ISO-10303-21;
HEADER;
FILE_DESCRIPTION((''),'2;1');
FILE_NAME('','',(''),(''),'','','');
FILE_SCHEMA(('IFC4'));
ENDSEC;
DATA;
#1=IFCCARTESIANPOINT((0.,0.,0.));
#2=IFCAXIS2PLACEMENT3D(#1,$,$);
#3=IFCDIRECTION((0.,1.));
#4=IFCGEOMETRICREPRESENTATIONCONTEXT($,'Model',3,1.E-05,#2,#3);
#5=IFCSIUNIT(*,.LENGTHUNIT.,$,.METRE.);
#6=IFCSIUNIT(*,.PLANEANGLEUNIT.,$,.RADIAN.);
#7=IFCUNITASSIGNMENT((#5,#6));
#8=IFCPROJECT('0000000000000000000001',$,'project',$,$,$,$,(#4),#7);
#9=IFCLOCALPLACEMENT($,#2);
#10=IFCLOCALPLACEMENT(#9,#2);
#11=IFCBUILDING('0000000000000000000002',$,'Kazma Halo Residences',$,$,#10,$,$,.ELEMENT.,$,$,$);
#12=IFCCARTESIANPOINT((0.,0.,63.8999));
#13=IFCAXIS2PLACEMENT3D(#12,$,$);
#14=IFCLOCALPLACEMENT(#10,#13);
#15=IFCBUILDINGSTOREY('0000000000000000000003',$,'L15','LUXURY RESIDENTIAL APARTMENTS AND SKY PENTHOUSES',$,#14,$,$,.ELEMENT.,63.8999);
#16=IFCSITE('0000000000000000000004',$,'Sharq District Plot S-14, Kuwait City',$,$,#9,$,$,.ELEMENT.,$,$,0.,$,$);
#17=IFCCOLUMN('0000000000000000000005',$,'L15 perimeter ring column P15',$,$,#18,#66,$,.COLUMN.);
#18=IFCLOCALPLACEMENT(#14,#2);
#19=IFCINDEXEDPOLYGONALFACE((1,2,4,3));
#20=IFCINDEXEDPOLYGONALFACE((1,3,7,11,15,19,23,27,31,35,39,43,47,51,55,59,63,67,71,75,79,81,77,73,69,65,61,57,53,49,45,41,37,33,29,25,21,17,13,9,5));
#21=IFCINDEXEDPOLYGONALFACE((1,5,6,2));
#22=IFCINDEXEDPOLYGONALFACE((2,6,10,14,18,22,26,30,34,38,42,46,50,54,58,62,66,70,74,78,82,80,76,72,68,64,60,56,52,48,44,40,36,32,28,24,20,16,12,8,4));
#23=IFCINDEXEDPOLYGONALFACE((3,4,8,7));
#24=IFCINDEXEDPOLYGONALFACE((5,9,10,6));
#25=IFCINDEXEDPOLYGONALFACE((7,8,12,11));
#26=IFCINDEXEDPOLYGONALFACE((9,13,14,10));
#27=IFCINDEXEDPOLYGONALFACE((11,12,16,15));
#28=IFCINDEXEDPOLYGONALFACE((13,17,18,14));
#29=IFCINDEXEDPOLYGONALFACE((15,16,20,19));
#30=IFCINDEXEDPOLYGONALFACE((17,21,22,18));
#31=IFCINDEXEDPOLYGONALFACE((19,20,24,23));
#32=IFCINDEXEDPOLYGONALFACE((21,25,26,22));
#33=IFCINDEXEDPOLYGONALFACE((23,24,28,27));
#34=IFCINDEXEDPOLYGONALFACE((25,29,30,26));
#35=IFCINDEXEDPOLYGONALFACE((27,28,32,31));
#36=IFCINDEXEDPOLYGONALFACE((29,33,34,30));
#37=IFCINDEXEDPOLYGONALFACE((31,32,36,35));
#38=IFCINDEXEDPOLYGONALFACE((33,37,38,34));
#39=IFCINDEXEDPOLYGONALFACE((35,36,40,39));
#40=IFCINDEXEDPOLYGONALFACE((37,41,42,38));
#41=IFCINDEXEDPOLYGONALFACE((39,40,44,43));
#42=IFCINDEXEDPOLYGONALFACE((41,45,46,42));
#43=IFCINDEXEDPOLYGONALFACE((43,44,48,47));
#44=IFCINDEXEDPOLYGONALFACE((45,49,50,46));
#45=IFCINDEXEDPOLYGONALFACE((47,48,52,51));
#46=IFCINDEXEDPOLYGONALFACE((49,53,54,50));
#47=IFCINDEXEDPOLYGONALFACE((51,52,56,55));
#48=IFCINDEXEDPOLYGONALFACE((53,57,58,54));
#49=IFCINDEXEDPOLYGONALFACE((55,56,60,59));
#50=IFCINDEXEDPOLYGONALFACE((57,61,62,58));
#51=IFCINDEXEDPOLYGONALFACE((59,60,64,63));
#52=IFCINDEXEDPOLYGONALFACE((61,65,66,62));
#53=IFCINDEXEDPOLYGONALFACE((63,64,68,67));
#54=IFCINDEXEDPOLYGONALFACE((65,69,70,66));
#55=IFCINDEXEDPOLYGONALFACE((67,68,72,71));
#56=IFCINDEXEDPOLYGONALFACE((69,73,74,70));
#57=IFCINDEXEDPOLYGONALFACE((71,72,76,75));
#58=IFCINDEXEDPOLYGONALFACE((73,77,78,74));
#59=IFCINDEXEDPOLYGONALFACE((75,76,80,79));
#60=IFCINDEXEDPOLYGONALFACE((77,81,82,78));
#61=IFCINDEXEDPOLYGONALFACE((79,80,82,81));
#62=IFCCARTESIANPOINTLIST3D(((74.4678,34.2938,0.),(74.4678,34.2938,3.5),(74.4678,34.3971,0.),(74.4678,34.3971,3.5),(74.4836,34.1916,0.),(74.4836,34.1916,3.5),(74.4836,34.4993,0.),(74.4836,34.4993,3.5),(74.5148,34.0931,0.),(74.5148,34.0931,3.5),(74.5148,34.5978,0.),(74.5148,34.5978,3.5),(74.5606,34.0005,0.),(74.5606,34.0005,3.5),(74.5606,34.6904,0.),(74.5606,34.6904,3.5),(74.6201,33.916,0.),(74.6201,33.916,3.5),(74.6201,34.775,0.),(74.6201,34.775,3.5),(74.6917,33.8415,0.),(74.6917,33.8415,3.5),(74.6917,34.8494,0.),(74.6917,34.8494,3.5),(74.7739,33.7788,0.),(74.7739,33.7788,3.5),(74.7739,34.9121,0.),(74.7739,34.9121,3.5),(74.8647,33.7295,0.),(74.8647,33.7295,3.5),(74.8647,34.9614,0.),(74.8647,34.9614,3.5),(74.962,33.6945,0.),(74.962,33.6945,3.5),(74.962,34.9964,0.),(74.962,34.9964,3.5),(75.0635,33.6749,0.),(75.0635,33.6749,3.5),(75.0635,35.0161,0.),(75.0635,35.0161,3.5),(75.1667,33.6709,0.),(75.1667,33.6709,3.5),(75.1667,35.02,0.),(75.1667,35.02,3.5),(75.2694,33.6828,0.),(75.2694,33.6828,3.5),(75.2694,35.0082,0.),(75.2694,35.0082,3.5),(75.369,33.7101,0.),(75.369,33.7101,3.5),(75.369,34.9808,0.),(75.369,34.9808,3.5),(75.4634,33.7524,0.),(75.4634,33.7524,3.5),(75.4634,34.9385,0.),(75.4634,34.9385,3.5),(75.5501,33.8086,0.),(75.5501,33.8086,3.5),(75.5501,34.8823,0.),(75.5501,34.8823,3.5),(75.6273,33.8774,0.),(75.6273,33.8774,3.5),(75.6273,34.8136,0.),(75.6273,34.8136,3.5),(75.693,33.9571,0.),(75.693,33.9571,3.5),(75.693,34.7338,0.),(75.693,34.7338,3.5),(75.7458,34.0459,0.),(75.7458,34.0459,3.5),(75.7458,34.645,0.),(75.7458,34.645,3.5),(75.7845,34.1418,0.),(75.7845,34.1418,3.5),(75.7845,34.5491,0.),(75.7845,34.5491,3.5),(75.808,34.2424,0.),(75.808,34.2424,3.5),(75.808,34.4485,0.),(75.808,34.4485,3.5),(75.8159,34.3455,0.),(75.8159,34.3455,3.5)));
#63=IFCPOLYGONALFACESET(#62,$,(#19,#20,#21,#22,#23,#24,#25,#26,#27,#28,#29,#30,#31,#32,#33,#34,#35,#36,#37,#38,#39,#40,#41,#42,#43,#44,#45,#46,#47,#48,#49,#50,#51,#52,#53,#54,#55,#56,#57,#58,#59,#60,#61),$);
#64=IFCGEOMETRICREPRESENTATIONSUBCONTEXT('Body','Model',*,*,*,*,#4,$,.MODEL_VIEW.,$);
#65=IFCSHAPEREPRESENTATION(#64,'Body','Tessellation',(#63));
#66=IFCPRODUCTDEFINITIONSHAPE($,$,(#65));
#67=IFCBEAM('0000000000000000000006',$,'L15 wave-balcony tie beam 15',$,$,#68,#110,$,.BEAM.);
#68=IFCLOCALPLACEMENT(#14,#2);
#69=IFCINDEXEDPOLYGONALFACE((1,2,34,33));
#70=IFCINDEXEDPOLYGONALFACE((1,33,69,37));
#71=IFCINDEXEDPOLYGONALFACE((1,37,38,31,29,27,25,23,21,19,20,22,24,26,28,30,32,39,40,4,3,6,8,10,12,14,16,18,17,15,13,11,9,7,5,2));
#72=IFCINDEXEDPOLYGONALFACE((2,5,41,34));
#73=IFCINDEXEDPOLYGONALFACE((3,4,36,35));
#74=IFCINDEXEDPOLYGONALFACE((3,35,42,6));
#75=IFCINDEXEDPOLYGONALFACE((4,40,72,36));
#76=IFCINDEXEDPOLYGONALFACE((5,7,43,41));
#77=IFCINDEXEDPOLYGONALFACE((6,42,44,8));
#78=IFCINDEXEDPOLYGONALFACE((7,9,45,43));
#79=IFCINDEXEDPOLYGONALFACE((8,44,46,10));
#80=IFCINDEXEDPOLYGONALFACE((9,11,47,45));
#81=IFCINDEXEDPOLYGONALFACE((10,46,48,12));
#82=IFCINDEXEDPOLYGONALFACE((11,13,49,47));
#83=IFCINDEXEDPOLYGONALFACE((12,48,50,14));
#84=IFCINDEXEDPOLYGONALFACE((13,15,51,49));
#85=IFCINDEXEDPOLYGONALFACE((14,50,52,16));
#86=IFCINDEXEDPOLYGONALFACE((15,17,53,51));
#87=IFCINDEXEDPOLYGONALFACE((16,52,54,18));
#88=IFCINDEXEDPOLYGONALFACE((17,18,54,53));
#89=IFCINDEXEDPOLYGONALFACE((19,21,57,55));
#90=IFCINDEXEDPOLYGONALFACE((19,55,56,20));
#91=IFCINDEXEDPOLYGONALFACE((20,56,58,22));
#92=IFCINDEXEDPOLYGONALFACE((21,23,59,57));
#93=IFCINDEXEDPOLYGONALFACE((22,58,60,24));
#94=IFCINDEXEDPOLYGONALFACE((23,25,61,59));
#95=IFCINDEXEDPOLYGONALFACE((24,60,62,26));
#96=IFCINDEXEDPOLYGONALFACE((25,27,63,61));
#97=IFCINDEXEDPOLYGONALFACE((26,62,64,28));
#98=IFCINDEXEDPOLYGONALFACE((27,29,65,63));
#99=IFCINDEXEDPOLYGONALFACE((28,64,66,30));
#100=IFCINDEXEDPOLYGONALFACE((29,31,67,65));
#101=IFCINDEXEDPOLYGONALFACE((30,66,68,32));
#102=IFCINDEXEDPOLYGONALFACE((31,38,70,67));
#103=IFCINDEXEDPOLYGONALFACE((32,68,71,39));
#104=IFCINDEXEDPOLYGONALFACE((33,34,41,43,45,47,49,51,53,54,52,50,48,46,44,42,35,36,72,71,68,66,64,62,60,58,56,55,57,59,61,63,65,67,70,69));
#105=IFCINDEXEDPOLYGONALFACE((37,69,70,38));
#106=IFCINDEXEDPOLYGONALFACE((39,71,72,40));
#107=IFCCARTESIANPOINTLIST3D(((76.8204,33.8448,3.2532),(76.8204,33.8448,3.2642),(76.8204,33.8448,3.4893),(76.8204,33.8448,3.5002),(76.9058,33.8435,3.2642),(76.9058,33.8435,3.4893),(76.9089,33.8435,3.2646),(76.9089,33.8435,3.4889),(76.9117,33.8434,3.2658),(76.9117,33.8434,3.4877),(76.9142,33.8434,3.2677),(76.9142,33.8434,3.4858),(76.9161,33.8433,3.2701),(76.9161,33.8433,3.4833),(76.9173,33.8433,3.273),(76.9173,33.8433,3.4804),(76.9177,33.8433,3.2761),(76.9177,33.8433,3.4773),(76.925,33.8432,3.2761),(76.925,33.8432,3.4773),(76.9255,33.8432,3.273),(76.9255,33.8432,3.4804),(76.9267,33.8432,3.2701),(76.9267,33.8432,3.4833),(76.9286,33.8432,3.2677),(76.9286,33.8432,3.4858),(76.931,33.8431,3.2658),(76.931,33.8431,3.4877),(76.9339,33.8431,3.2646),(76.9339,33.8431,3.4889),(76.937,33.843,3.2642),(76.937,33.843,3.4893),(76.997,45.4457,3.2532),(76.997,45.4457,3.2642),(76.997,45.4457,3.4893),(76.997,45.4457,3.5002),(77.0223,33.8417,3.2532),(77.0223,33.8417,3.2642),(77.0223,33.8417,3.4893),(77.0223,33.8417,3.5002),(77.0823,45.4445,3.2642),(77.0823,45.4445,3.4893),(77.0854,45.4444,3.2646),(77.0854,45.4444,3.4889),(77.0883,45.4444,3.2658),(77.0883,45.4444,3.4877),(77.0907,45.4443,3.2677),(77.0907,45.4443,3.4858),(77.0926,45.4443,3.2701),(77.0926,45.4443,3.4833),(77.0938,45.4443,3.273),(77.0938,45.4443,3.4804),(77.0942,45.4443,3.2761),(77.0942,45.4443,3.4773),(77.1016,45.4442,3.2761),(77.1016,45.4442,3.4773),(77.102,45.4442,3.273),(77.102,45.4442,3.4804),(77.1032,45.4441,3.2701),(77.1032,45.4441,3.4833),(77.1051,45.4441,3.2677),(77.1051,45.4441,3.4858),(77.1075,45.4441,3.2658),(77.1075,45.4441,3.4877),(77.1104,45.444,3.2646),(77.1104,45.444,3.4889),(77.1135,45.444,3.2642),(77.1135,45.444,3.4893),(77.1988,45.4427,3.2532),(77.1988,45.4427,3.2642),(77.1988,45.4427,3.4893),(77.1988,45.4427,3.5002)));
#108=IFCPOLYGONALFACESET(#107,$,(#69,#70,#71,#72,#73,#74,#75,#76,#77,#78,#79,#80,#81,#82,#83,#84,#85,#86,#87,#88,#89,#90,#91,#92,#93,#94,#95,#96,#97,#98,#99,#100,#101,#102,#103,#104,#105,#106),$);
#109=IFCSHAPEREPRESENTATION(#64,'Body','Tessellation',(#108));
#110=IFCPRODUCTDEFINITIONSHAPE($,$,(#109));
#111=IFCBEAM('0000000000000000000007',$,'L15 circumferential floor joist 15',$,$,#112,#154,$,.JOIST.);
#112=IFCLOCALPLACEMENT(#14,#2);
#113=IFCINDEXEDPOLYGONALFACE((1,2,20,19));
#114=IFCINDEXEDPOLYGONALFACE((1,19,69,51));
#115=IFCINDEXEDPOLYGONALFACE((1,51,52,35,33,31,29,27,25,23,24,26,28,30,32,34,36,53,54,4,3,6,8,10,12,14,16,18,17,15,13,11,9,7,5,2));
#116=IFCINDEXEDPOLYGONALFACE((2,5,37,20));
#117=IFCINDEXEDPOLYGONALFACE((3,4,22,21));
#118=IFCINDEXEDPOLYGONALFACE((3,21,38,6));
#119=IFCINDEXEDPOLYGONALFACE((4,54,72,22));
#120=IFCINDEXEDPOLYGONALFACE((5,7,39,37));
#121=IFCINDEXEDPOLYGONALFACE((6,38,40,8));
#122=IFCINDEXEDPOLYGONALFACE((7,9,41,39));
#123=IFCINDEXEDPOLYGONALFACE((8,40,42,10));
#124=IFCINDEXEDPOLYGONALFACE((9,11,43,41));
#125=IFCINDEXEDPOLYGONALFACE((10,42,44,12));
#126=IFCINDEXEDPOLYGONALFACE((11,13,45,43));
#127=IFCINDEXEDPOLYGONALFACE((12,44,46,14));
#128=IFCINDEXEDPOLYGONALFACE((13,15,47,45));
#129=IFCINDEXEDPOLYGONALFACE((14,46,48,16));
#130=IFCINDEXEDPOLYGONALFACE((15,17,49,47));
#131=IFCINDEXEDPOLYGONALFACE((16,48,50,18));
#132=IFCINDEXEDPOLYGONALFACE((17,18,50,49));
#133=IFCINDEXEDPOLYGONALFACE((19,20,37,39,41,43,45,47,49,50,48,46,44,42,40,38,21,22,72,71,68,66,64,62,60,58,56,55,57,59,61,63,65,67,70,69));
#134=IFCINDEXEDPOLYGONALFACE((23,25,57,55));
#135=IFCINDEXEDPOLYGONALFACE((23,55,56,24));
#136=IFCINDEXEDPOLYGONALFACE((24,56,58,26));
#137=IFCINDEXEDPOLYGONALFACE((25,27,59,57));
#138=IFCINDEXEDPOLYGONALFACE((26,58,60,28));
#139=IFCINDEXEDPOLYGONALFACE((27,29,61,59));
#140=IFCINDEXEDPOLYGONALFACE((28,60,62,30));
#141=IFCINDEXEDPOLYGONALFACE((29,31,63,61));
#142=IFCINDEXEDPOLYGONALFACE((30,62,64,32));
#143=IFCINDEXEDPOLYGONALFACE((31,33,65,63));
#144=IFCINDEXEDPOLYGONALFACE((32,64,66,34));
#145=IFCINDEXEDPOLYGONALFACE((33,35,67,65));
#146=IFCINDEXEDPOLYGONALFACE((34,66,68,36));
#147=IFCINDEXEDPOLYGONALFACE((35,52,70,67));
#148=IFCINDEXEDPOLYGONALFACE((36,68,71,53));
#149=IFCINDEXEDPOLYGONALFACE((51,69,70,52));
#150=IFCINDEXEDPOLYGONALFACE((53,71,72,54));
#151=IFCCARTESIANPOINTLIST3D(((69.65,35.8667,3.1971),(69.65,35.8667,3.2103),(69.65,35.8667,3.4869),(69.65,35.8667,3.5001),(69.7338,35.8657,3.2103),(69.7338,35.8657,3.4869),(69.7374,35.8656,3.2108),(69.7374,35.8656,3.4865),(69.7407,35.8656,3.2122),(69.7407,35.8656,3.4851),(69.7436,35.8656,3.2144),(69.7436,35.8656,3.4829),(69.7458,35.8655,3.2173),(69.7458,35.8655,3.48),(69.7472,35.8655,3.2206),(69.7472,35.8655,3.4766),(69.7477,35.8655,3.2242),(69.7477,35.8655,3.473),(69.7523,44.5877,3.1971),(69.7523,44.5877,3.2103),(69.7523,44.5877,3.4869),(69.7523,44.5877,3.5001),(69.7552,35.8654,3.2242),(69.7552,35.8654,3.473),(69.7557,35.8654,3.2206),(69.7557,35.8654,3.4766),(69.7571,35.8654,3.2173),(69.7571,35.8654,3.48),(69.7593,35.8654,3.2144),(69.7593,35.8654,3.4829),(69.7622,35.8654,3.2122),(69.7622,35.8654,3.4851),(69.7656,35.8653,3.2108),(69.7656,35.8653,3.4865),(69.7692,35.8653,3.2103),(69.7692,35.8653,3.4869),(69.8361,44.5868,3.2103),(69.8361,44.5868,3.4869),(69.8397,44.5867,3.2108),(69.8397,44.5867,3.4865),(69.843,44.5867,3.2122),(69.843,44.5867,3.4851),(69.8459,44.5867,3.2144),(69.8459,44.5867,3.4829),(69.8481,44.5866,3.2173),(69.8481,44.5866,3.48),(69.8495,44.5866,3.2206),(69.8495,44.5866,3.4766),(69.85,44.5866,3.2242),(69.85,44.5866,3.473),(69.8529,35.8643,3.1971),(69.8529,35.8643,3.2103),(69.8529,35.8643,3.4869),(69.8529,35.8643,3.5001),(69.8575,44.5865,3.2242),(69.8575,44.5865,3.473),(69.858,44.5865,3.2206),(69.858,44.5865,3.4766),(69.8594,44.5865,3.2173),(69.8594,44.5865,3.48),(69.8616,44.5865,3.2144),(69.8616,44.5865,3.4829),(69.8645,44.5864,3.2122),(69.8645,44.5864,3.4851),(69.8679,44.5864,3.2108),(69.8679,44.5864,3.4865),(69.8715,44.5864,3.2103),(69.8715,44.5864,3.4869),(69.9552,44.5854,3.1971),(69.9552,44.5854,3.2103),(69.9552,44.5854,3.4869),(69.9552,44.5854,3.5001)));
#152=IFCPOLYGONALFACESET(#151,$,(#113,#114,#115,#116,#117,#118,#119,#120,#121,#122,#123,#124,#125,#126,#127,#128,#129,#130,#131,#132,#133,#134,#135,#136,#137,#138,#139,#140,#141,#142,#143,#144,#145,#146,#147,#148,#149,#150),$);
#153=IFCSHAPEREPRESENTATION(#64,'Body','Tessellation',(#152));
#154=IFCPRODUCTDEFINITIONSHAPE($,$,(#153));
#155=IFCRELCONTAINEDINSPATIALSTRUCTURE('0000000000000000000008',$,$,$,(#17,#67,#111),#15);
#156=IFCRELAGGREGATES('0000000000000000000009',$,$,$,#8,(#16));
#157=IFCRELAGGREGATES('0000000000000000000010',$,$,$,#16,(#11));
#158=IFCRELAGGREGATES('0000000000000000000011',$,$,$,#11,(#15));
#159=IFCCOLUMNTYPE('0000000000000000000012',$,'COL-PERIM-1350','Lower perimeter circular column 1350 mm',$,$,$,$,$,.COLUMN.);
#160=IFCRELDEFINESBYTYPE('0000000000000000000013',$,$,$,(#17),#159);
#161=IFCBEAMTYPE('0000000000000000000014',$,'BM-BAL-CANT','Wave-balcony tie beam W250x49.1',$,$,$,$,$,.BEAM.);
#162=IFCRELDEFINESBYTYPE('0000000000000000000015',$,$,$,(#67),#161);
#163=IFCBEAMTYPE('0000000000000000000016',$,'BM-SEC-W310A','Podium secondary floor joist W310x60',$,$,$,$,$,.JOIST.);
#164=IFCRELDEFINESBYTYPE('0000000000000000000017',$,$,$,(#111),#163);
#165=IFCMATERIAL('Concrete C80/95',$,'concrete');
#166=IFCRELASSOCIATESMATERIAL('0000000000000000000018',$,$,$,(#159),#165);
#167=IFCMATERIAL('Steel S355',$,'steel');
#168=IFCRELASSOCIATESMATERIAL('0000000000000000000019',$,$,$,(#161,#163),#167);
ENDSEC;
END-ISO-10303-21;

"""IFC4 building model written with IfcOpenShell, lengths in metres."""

from ifc_helpers import new_model, si_unit, direction, frame, origin, origin_2d, place, context, subcontext, project, spatial, circle, i_section, extrude, material, material_profile, profile_set, type_object, element, save


model = new_model("IFC4")

# Units and contexts
model_context = context("Model", 3, precision=1e-05, world=origin(), true_north=direction((0.0, 1.0)))
body_context = subcontext(model_context, "Body", "Model", "MODEL_VIEW")
ifc_project = project(units=[si_unit("LENGTHUNIT", "METRE"), si_unit("PLANEANGLEUNIT", "RADIAN")], contexts=[model_context])

# Site, building, storey
site_placement = place(None, origin())
site = spatial("IfcSite", under=ifc_project, at=site_placement, Name="Sharq District Plot S-14, Kuwait City", CompositionType="ELEMENT", RefElevation=0.0)
building_placement = place(site_placement, origin())
building = spatial("IfcBuilding", under=site, at=building_placement, Name="Kazma Halo Residences", CompositionType="ELEMENT")
storey_placement = place(building_placement, frame((0.0, 0.0, 63.8999)))
storey = spatial("IfcBuildingStorey", under=building, at=storey_placement, Name="L15", Description="LUXURY RESIDENTIAL APARTMENTS AND SKY PENTHOUSES", CompositionType="ELEMENT", Elevation=63.8999)

# Column
ifc_material_1 = material(Name="Concrete C80/95", Category="concrete")
ifc_material_profile_1 = material_profile(ifc_material_1, circle(Radius=0.675, at=origin_2d()), Name="CIRC1350")
ifc_profile_set_1 = profile_set([ifc_material_profile_1], Name="Concrete C80/95")
column_type = type_object("IfcColumnType", Name="COL-PERIM-1350", Description="Lower perimeter circular column 1350 mm", PredefinedType="COLUMN", material=ifc_profile_set_1)
column_placement = place(storey_placement, frame((75.1409, 34.3455, 0.0), z_axis=(0.0, 0.0, 1.0), x_axis=(1.0, 0.0, 0.0)))
element("IfcColumn", 1, at=column_placement, inside=storey, type_object=column_type, Name="L15 perimeter ring column P15", PredefinedType="COLUMN", context=body_context, shape_type="SweptSolid", body=[
    extrude(circle(Radius=0.675, at=origin_2d()), origin(), (0.0, 0.0, 1.0), 3.5),
])

# Beams
ifc_material_2 = material(Name="Steel S355", Category="steel")
ifc_material_profile_2 = material_profile(ifc_material_2, i_section(OverallWidth=0.2019, OverallDepth=0.2471, WebThickness=0.0073, FlangeThickness=0.011, FilletRadius=0.012, at=origin_2d()), Name="W250x49.1")
ifc_profile_set_2 = profile_set([ifc_material_profile_2], Name="Steel S355")
beam_type_1 = type_object("IfcBeamType", Name="BM-BAL-CANT", Description="Wave-balcony tie beam W250x49.1", PredefinedType="BEAM", material=ifc_profile_set_2)
beam_1_placement = place(storey_placement, frame((76.9214, 33.8433, 3.3767), z_axis=(0.015214, 0.999884, 0.0), x_axis=(-0.999884, 0.015214, 0.0)))
element("IfcBeam", 2, at=beam_1_placement, inside=storey, type_object=beam_type_1, Name="L15 wave-balcony tie beam 15", PredefinedType="BEAM", context=body_context, shape_type="SweptSolid", body=[
    extrude(i_section(OverallWidth=0.2019, OverallDepth=0.2471, WebThickness=0.0073, FlangeThickness=0.011, FilletRadius=0.012, at=origin_2d()), origin(), (0.0, 0.0, 1.0), 11.6023),
])
ifc_material_profile_3 = material_profile(ifc_material_2, i_section(OverallWidth=0.2029, OverallDepth=0.303, WebThickness=0.0076, FlangeThickness=0.0132, FilletRadius=0.0139, at=origin_2d()), Name="W310x60")
ifc_profile_set_3 = profile_set([ifc_material_profile_3], Name="Steel S355")
beam_type_2 = type_object("IfcBeamType", Name="BM-SEC-W310A", Description="Podium secondary floor joist W310x60", PredefinedType="JOIST", material=ifc_profile_set_3)
beam_2_placement = place(storey_placement, frame((69.7515, 35.8655, 3.3486), z_axis=(0.011729, 0.999931, 0.0), x_axis=(-0.999931, 0.011729, 0.0)))
element("IfcBeam", 3, at=beam_2_placement, inside=storey, type_object=beam_type_2, Name="L15 circumferential floor joist 15", PredefinedType="JOIST", context=body_context, shape_type="SweptSolid", body=[
    extrude(i_section(OverallWidth=0.2029, OverallDepth=0.303, WebThickness=0.0076, FlangeThickness=0.0132, FilletRadius=0.0139, at=origin_2d()), origin(), (0.0, 0.0, 1.0), 8.7217),
])

save(model, "model.ifc")
